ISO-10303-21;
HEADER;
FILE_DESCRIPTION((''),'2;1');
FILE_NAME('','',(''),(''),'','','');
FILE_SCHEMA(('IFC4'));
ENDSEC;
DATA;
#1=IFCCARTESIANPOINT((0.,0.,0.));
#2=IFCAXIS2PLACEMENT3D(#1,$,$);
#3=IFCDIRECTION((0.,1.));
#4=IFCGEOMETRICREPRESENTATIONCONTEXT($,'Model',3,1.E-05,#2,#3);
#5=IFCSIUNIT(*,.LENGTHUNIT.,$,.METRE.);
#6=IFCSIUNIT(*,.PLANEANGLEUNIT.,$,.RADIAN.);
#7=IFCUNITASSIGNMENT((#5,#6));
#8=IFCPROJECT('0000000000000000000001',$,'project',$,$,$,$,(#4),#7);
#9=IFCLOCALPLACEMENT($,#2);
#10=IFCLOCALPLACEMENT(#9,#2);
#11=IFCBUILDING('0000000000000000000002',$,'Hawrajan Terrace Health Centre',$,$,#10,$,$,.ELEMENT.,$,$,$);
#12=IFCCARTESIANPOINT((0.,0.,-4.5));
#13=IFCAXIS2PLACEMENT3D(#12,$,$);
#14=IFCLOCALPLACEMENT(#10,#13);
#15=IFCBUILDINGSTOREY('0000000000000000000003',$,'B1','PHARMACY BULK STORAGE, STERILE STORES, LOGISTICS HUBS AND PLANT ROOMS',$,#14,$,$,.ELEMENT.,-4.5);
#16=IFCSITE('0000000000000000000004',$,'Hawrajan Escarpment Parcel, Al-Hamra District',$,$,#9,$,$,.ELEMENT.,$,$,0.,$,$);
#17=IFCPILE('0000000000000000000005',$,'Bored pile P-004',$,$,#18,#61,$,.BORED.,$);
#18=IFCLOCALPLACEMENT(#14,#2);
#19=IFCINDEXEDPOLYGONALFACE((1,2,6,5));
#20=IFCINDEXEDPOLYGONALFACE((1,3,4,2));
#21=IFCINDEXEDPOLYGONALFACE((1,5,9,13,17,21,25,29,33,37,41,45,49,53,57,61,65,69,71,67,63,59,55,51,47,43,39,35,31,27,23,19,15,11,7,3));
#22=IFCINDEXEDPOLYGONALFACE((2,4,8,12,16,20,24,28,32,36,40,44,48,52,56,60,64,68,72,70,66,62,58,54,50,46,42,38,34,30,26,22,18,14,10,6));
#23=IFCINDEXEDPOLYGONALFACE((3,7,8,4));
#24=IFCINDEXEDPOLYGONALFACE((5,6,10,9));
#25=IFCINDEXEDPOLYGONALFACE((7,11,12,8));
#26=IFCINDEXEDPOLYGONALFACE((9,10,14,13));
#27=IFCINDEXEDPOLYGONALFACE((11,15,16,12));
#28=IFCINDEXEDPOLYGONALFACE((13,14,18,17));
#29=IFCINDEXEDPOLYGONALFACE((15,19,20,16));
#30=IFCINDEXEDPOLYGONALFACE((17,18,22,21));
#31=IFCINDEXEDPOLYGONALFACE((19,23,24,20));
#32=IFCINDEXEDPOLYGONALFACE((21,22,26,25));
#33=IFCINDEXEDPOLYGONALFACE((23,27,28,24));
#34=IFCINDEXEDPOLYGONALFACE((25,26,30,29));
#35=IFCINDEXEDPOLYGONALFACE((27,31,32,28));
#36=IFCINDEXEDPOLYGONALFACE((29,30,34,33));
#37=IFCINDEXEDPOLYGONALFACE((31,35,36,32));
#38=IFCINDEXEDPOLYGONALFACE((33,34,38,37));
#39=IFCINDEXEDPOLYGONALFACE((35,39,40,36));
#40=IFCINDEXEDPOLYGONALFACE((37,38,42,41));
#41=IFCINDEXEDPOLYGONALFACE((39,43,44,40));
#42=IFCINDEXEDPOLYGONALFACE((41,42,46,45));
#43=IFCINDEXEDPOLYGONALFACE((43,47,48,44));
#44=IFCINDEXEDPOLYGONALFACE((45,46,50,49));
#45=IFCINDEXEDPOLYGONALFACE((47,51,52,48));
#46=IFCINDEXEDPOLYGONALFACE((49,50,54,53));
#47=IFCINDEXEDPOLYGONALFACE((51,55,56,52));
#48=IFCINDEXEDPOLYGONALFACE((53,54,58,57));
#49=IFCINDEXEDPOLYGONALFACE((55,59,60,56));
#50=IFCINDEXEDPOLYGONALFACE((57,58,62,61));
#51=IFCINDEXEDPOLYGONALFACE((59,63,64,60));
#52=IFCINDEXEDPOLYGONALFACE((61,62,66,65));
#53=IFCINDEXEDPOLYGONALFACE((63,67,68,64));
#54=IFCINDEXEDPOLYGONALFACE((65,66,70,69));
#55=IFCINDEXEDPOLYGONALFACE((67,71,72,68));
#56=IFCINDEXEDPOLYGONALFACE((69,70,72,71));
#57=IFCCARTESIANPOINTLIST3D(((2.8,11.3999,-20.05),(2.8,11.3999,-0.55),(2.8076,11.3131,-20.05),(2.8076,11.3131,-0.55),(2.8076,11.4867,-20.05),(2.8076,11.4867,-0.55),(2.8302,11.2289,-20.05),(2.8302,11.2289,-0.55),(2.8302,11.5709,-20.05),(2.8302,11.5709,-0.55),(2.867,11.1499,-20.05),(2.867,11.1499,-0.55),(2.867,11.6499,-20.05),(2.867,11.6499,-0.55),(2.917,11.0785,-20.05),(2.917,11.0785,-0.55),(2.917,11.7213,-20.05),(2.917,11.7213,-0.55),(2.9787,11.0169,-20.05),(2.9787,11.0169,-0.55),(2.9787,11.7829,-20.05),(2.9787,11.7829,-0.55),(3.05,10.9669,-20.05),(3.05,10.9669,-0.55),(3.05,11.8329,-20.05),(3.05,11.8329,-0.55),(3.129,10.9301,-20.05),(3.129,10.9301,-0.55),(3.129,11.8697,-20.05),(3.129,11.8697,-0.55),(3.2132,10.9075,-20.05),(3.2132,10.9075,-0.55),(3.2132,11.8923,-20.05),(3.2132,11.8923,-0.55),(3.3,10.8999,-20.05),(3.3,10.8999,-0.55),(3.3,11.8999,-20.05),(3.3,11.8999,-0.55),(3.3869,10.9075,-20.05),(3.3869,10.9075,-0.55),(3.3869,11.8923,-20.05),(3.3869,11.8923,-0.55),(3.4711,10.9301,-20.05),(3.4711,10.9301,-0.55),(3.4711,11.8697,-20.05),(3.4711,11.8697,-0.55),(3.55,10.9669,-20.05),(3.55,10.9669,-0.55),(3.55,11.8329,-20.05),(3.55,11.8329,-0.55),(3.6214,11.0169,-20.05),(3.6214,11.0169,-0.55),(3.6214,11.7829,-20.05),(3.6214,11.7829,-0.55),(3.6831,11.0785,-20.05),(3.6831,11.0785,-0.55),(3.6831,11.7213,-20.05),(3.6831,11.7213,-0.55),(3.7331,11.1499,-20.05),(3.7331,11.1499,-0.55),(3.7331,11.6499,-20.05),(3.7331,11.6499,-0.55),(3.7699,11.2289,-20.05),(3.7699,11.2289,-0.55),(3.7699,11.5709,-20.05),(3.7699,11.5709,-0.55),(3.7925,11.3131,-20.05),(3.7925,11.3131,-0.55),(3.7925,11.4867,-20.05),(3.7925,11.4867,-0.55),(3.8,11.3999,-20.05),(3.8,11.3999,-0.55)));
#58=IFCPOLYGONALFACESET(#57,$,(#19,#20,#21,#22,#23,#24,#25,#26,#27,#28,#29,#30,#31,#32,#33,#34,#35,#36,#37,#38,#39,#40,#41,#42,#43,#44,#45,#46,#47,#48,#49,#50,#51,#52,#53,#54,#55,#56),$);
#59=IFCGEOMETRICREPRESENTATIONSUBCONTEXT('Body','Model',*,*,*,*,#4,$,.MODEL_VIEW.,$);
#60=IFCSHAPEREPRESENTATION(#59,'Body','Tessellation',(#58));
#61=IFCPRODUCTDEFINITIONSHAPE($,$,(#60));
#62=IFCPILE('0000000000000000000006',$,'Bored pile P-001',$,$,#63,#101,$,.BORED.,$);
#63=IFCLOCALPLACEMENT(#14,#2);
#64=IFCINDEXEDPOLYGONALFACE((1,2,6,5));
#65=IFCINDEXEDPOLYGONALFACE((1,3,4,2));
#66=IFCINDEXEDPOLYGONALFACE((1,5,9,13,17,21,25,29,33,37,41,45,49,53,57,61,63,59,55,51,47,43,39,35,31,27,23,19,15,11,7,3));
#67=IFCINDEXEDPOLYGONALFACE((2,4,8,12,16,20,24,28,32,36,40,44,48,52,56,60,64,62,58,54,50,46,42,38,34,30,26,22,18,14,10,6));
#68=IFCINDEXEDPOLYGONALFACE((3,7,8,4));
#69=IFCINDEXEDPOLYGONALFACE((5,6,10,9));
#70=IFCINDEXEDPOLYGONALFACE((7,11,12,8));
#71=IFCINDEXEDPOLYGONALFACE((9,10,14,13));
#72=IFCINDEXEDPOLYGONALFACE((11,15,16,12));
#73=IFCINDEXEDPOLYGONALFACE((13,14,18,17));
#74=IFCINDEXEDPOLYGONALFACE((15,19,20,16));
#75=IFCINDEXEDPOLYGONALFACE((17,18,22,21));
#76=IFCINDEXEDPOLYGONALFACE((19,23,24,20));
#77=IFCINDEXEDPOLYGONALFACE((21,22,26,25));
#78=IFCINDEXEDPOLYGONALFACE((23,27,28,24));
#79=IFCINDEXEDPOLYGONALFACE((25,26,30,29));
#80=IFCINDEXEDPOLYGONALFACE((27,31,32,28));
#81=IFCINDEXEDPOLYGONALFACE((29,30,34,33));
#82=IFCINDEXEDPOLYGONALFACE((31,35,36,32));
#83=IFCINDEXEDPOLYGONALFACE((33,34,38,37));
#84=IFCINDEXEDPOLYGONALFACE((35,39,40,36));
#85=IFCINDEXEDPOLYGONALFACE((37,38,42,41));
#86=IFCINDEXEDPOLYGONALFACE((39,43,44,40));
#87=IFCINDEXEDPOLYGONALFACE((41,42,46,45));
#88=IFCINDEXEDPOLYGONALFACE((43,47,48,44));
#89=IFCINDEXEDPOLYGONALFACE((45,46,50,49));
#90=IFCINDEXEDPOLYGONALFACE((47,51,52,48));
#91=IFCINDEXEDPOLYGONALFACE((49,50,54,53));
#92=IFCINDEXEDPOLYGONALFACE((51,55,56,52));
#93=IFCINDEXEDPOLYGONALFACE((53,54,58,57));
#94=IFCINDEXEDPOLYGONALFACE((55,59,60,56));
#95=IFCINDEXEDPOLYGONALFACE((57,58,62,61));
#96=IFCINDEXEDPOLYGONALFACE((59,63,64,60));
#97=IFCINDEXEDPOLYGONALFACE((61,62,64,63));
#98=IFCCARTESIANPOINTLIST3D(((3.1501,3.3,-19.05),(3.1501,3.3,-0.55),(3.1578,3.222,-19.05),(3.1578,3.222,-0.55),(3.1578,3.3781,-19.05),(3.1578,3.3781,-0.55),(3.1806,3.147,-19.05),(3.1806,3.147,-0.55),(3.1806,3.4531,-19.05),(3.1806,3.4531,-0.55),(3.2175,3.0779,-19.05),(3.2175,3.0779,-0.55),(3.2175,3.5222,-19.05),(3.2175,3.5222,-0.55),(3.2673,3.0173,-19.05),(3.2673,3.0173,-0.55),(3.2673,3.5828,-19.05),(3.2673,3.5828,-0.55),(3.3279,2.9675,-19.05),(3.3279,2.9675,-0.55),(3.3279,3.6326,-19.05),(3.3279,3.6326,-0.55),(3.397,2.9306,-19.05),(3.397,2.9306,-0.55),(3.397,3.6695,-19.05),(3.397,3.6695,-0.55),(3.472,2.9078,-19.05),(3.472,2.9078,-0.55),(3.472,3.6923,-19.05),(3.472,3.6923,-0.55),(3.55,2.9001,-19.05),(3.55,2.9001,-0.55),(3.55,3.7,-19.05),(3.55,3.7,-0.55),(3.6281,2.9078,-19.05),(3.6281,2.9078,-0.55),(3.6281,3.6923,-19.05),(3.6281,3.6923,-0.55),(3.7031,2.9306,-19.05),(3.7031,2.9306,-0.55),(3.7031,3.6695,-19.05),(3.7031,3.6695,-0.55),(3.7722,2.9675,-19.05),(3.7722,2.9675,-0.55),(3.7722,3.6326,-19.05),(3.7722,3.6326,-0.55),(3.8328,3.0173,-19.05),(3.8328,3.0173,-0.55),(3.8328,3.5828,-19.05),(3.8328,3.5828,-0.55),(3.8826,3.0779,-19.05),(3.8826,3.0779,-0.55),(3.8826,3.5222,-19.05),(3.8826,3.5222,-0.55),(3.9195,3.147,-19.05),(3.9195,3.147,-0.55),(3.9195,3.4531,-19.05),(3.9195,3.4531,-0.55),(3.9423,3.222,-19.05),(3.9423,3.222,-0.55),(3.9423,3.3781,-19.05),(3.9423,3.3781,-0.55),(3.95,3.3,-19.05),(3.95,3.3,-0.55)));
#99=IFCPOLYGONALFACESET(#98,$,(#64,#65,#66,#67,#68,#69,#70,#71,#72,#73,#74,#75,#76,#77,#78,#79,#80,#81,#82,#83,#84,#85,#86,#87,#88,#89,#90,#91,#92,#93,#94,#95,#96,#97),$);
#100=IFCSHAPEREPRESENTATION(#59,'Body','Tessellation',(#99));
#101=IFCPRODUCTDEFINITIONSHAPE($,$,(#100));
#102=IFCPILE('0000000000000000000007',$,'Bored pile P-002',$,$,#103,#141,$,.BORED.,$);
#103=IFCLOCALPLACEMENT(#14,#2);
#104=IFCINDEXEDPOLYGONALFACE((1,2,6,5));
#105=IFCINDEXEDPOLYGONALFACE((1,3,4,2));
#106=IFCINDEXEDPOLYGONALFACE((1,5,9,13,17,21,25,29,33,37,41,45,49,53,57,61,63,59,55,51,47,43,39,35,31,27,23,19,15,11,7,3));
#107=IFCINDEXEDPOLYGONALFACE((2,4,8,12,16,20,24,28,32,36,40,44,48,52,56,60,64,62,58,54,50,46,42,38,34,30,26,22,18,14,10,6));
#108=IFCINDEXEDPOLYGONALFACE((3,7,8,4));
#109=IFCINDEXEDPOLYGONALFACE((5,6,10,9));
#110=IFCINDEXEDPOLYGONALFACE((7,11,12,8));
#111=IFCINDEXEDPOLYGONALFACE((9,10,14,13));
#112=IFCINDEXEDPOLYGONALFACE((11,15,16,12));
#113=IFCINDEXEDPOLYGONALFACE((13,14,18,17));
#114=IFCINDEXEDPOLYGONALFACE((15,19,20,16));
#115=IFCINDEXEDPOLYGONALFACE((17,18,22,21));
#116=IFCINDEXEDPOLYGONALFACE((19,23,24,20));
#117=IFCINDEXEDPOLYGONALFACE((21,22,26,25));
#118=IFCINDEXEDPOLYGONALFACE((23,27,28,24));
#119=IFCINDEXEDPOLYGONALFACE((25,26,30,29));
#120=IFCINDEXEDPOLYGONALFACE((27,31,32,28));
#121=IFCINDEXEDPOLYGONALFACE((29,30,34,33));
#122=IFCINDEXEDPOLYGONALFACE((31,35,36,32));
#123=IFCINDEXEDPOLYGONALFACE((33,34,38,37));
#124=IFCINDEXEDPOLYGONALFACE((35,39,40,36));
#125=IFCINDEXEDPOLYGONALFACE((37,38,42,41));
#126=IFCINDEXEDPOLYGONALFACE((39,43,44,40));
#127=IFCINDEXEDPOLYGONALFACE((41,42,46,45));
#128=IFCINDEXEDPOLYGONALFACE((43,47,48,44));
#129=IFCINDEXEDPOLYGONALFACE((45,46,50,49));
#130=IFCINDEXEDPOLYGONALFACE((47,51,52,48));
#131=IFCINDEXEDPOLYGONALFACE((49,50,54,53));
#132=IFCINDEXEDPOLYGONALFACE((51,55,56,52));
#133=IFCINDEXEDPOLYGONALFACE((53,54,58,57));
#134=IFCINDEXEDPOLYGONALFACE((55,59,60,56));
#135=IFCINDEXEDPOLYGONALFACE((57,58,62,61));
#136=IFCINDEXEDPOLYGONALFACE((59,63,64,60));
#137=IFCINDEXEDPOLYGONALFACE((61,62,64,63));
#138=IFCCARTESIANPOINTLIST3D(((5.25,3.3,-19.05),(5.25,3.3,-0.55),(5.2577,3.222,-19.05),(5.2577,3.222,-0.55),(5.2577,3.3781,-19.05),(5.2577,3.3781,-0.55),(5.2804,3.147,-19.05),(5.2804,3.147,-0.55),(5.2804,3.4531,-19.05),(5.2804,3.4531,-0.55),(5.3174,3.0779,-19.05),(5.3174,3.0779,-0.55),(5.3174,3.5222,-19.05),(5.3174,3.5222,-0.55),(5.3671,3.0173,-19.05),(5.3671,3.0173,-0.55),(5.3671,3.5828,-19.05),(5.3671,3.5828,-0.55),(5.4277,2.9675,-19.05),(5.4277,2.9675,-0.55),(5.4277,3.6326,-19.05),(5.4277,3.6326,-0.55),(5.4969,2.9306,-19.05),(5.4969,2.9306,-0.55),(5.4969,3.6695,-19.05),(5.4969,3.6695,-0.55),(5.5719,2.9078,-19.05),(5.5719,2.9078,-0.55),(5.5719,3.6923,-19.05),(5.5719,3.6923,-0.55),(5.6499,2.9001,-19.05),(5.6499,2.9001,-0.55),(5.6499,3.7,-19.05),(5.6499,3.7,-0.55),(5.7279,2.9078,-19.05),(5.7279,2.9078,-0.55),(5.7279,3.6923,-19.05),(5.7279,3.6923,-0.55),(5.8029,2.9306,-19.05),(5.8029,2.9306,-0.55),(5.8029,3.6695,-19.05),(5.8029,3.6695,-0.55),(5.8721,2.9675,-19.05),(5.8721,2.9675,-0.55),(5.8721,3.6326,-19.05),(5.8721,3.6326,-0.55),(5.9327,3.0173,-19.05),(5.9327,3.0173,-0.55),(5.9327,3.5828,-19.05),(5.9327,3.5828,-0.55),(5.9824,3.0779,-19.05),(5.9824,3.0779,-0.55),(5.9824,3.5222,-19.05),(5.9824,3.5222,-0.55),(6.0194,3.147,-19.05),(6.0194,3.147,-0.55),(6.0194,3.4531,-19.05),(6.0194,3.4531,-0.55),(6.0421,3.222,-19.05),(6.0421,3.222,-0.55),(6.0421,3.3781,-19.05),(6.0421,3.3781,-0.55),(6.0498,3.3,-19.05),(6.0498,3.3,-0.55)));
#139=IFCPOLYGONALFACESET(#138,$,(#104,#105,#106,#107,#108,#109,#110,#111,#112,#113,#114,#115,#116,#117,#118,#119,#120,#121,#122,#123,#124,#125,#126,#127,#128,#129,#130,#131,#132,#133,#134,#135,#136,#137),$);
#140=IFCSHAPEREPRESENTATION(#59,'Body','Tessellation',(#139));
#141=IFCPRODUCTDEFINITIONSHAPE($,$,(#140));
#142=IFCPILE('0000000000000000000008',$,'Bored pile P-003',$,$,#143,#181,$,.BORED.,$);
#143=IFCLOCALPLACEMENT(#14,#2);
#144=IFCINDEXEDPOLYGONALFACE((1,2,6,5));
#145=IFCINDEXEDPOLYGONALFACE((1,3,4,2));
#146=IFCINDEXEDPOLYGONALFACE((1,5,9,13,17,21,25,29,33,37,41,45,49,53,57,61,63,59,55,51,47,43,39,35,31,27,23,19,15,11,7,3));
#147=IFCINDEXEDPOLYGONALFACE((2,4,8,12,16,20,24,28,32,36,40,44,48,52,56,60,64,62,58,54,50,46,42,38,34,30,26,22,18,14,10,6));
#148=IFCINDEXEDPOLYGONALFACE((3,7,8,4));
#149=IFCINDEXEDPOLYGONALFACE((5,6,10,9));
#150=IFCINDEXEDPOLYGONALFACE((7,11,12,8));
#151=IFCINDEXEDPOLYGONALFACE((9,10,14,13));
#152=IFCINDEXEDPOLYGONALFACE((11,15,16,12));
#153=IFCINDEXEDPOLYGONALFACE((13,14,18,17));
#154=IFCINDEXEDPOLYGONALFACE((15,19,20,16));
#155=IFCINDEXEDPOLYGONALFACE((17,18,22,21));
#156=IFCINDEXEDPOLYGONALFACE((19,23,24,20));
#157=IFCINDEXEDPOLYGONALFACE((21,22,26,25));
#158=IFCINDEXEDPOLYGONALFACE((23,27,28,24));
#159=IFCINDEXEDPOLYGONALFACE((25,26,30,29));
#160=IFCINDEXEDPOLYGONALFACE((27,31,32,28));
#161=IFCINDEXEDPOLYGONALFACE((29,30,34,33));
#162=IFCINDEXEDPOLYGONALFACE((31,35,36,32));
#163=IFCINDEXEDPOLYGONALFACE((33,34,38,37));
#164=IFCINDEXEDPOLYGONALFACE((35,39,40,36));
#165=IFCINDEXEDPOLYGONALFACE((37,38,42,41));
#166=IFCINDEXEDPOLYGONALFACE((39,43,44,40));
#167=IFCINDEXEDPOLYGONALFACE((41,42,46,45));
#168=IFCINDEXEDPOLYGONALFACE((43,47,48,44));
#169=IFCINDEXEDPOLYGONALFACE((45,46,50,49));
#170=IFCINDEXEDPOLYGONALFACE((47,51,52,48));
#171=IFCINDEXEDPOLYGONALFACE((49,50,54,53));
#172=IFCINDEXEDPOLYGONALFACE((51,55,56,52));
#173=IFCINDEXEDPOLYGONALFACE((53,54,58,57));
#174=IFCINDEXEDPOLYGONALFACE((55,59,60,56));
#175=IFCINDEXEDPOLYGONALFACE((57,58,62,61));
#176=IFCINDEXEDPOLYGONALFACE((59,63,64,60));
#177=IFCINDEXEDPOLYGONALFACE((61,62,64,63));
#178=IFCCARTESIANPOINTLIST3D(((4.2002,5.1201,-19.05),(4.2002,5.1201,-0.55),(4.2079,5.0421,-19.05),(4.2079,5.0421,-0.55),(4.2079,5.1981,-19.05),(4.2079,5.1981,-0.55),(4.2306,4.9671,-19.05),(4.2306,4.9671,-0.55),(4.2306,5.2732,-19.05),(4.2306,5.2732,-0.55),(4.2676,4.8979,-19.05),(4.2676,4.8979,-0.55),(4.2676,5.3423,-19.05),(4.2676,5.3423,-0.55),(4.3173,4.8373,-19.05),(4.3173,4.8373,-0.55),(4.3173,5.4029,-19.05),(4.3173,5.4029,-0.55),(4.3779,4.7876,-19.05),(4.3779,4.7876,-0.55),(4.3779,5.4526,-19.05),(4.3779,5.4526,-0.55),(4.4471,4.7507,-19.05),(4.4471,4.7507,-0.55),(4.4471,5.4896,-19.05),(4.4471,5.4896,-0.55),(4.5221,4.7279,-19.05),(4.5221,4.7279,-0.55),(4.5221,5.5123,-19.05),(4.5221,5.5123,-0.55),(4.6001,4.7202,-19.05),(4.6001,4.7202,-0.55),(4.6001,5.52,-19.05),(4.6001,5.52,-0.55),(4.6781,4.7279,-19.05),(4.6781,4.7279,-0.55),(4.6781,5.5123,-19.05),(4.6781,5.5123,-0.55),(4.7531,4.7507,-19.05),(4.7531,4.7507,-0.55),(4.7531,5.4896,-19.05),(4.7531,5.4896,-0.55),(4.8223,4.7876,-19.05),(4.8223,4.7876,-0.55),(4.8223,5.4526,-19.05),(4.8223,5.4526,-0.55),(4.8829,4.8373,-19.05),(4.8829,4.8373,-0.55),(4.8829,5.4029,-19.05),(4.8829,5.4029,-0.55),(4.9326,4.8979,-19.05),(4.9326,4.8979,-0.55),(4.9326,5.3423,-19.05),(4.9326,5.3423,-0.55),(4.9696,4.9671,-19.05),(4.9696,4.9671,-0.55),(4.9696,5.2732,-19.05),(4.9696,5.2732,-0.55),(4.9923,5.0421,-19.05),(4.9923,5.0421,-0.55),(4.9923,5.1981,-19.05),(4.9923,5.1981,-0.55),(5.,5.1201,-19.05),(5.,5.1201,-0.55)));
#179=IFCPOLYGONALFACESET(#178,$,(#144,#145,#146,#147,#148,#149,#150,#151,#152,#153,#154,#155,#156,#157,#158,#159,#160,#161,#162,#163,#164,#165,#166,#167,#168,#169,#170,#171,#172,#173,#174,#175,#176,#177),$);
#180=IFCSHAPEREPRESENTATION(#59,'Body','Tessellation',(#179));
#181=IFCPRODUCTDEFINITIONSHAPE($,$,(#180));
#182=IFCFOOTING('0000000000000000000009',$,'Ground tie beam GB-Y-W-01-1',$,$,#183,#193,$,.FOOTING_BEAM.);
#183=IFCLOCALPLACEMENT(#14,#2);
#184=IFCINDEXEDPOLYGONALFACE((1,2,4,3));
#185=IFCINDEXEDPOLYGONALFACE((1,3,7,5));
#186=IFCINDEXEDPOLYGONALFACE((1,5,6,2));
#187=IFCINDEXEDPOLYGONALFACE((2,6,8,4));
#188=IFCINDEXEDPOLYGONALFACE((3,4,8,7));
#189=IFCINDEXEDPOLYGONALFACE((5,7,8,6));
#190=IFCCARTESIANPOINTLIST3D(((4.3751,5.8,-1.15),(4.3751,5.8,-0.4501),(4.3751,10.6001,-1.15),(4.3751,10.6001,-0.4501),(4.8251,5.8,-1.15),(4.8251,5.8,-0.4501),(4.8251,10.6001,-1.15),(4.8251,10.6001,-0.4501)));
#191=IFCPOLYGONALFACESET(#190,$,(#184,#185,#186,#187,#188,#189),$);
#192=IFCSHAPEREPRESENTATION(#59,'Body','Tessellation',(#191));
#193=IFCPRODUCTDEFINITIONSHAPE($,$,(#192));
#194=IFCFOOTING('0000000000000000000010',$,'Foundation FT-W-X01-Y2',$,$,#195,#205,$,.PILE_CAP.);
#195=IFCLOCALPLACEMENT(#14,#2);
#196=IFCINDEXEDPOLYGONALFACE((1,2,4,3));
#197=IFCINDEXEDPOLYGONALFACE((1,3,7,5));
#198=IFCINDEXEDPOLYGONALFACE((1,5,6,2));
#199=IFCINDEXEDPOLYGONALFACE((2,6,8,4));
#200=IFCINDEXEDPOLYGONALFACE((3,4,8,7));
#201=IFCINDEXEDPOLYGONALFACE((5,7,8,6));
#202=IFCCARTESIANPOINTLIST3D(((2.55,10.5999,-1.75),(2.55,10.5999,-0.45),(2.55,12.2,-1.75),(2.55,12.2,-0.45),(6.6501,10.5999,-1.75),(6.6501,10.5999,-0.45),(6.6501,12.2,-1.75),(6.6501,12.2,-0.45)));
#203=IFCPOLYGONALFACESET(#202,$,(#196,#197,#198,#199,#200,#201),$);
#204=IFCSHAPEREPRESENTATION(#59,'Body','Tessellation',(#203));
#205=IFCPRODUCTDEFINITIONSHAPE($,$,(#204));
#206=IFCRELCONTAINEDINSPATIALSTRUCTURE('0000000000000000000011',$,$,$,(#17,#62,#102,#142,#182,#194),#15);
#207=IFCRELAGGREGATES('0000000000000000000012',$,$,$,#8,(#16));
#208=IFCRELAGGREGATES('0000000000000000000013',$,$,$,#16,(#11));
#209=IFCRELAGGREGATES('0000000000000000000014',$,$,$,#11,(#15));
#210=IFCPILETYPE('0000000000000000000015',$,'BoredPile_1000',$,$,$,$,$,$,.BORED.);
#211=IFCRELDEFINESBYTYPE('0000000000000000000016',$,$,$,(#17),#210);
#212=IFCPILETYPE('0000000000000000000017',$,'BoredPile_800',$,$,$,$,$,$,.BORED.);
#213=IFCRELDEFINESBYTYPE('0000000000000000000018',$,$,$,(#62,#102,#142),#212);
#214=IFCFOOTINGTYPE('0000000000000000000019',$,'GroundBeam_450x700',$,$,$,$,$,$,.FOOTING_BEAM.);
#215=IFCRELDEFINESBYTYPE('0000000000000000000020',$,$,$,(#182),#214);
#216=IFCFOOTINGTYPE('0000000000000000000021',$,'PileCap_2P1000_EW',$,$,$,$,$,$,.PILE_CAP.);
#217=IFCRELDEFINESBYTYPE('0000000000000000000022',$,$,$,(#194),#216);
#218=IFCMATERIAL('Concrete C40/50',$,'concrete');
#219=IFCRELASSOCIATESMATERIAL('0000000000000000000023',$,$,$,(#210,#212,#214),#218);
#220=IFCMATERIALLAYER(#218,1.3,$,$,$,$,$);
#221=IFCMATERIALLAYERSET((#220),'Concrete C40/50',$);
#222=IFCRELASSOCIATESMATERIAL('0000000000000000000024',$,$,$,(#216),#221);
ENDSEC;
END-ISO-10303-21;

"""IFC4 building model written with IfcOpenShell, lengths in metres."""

from ifc_helpers import new_model, si_unit, direction, frame, origin, origin_2d, place, context, subcontext, project, spatial, rectangle, circle, extrude, material, layer, layer_set, material_profile, profile_set, type_object, element, save


model = new_model("IFC4")

# Units and contexts
model_context = context("Model", 3, precision=1e-05, world=origin(), true_north=direction((0.0, 1.0)))
body_context = subcontext(model_context, "Body", "Model", "MODEL_VIEW")
ifc_project = project(units=[si_unit("LENGTHUNIT", "METRE"), si_unit("PLANEANGLEUNIT", "RADIAN")], contexts=[model_context])

# Site, building, storey
site_placement = place(None, origin())
site = spatial("IfcSite", under=ifc_project, at=site_placement, Name="Hawrajan Escarpment Parcel, Al-Hamra District", CompositionType="ELEMENT", RefElevation=0.0)
building_placement = place(site_placement, origin())
building = spatial("IfcBuilding", under=site, at=building_placement, Name="Hawrajan Terrace Health Centre", CompositionType="ELEMENT")
storey_placement = place(building_placement, frame((0.0, 0.0, -4.5)))
storey = spatial("IfcBuildingStorey", under=building, at=storey_placement, Name="B1", Description="PHARMACY BULK STORAGE, STERILE STORES, LOGISTICS HUBS AND PLANT ROOMS", CompositionType="ELEMENT", Elevation=-4.5)

# Piles
ifc_material_1 = material(Name="Concrete C40/50", Category="concrete")
ifc_material_profile_1 = material_profile(ifc_material_1, circle(Radius=0.5, at=origin_2d()), Name="BP 1000")
ifc_profile_set_1 = profile_set([ifc_material_profile_1], Name="Concrete C40/50")
pile_type_1 = type_object("IfcPileType", Name="BoredPile_1000", PredefinedType="BORED", material=ifc_profile_set_1)
pile_placement = place(storey_placement, frame((3.3, 11.3999, -0.55), z_axis=(0.0, 0.0, -1.0), x_axis=(1.0, 0.0, 0.0)))
element("IfcPile", 1, at=pile_placement, inside=storey, type_object=pile_type_1, Name="Bored pile P-004", PredefinedType="BORED", context=body_context, shape_type="SweptSolid", body=[
    extrude(circle(Radius=0.5, at=origin_2d()), origin(), (0.0, 0.0, 1.0), 19.5),
])
ifc_material_profile_2 = material_profile(ifc_material_1, circle(Radius=0.3999, at=origin_2d()), Name="BP 800")
ifc_profile_set_2 = profile_set([ifc_material_profile_2], Name="Concrete C40/50")
pile_type_2 = type_object("IfcPileType", Name="BoredPile_800", PredefinedType="BORED", material=ifc_profile_set_2)
for number, where, z_axis, x_axis, name in (
    (2, (3.55, 3.3, -0.55), (0.0, 0.0, -1.0), (1.0, 0.0, 0.0), "Bored pile P-001"),
    (3, (5.6499, 3.3, -0.55), (0.0, 0.0, -1.0), (1.0, 0.0, 0.0), "Bored pile P-002"),
    (4, (4.6001, 5.1201, -0.55), (0.0, 0.0, -1.0), (1.0, 0.0, 0.0), "Bored pile P-003"),
):
    element("IfcPile", number, at=place(storey_placement, frame(where, z_axis=z_axis, x_axis=x_axis)), inside=storey, type_object=pile_type_2, Name=name, PredefinedType="BORED", context=body_context, shape_type="SweptSolid", body=[
        extrude(circle(Radius=0.3999, at=origin_2d()), origin(), (0.0, 0.0, 1.0), 18.5),
    ])

# Footings
ifc_material_profile_3 = material_profile(ifc_material_1, rectangle(XDim=0.45, YDim=0.7, at=origin_2d()), Name="RC BM 450x700")
ifc_profile_set_3 = profile_set([ifc_material_profile_3], Name="Concrete C40/50")
footing_type_1 = type_object("IfcFootingType", Name="GroundBeam_450x700", PredefinedType="FOOTING_BEAM", material=ifc_profile_set_3)
footing_1_placement = place(storey_placement, frame((4.6001, 5.8, -0.8), z_axis=(0.0, 1.0, 0.0), x_axis=(-1.0, 0.0, 0.0)))
element("IfcFooting", 5, at=footing_1_placement, inside=storey, type_object=footing_type_1, Name="Ground tie beam GB-Y-W-01-1", PredefinedType="FOOTING_BEAM", context=body_context, shape_type="SweptSolid", body=[
    extrude(rectangle(XDim=0.45, YDim=0.7, at=origin_2d()), origin(), (0.0, 0.0, 1.0), 4.8),
])
ifc_layer_1 = layer(ifc_material_1, 1.3)
ifc_layer_set_1 = layer_set([ifc_layer_1], Name="Concrete C40/50")
footing_type_2 = type_object("IfcFootingType", Name="PileCap_2P1000_EW", PredefinedType="PILE_CAP", material=ifc_layer_set_1)
footing_2_placement = place(storey_placement, frame((4.6001, 11.3999, -1.75), z_axis=(0.0, 0.0, 1.0), x_axis=(1.0, 0.0, 0.0)))
element("IfcFooting", 6, at=footing_2_placement, inside=storey, type_object=footing_type_2, Name="Foundation FT-W-X01-Y2", PredefinedType="PILE_CAP", context=body_context, shape_type="SweptSolid", body=[
    extrude(rectangle(XDim=4.1001, YDim=1.6001, at=origin_2d()), origin(), (0.0, 0.0, 1.0), 1.3),
])

save(model, "model.ifc")
